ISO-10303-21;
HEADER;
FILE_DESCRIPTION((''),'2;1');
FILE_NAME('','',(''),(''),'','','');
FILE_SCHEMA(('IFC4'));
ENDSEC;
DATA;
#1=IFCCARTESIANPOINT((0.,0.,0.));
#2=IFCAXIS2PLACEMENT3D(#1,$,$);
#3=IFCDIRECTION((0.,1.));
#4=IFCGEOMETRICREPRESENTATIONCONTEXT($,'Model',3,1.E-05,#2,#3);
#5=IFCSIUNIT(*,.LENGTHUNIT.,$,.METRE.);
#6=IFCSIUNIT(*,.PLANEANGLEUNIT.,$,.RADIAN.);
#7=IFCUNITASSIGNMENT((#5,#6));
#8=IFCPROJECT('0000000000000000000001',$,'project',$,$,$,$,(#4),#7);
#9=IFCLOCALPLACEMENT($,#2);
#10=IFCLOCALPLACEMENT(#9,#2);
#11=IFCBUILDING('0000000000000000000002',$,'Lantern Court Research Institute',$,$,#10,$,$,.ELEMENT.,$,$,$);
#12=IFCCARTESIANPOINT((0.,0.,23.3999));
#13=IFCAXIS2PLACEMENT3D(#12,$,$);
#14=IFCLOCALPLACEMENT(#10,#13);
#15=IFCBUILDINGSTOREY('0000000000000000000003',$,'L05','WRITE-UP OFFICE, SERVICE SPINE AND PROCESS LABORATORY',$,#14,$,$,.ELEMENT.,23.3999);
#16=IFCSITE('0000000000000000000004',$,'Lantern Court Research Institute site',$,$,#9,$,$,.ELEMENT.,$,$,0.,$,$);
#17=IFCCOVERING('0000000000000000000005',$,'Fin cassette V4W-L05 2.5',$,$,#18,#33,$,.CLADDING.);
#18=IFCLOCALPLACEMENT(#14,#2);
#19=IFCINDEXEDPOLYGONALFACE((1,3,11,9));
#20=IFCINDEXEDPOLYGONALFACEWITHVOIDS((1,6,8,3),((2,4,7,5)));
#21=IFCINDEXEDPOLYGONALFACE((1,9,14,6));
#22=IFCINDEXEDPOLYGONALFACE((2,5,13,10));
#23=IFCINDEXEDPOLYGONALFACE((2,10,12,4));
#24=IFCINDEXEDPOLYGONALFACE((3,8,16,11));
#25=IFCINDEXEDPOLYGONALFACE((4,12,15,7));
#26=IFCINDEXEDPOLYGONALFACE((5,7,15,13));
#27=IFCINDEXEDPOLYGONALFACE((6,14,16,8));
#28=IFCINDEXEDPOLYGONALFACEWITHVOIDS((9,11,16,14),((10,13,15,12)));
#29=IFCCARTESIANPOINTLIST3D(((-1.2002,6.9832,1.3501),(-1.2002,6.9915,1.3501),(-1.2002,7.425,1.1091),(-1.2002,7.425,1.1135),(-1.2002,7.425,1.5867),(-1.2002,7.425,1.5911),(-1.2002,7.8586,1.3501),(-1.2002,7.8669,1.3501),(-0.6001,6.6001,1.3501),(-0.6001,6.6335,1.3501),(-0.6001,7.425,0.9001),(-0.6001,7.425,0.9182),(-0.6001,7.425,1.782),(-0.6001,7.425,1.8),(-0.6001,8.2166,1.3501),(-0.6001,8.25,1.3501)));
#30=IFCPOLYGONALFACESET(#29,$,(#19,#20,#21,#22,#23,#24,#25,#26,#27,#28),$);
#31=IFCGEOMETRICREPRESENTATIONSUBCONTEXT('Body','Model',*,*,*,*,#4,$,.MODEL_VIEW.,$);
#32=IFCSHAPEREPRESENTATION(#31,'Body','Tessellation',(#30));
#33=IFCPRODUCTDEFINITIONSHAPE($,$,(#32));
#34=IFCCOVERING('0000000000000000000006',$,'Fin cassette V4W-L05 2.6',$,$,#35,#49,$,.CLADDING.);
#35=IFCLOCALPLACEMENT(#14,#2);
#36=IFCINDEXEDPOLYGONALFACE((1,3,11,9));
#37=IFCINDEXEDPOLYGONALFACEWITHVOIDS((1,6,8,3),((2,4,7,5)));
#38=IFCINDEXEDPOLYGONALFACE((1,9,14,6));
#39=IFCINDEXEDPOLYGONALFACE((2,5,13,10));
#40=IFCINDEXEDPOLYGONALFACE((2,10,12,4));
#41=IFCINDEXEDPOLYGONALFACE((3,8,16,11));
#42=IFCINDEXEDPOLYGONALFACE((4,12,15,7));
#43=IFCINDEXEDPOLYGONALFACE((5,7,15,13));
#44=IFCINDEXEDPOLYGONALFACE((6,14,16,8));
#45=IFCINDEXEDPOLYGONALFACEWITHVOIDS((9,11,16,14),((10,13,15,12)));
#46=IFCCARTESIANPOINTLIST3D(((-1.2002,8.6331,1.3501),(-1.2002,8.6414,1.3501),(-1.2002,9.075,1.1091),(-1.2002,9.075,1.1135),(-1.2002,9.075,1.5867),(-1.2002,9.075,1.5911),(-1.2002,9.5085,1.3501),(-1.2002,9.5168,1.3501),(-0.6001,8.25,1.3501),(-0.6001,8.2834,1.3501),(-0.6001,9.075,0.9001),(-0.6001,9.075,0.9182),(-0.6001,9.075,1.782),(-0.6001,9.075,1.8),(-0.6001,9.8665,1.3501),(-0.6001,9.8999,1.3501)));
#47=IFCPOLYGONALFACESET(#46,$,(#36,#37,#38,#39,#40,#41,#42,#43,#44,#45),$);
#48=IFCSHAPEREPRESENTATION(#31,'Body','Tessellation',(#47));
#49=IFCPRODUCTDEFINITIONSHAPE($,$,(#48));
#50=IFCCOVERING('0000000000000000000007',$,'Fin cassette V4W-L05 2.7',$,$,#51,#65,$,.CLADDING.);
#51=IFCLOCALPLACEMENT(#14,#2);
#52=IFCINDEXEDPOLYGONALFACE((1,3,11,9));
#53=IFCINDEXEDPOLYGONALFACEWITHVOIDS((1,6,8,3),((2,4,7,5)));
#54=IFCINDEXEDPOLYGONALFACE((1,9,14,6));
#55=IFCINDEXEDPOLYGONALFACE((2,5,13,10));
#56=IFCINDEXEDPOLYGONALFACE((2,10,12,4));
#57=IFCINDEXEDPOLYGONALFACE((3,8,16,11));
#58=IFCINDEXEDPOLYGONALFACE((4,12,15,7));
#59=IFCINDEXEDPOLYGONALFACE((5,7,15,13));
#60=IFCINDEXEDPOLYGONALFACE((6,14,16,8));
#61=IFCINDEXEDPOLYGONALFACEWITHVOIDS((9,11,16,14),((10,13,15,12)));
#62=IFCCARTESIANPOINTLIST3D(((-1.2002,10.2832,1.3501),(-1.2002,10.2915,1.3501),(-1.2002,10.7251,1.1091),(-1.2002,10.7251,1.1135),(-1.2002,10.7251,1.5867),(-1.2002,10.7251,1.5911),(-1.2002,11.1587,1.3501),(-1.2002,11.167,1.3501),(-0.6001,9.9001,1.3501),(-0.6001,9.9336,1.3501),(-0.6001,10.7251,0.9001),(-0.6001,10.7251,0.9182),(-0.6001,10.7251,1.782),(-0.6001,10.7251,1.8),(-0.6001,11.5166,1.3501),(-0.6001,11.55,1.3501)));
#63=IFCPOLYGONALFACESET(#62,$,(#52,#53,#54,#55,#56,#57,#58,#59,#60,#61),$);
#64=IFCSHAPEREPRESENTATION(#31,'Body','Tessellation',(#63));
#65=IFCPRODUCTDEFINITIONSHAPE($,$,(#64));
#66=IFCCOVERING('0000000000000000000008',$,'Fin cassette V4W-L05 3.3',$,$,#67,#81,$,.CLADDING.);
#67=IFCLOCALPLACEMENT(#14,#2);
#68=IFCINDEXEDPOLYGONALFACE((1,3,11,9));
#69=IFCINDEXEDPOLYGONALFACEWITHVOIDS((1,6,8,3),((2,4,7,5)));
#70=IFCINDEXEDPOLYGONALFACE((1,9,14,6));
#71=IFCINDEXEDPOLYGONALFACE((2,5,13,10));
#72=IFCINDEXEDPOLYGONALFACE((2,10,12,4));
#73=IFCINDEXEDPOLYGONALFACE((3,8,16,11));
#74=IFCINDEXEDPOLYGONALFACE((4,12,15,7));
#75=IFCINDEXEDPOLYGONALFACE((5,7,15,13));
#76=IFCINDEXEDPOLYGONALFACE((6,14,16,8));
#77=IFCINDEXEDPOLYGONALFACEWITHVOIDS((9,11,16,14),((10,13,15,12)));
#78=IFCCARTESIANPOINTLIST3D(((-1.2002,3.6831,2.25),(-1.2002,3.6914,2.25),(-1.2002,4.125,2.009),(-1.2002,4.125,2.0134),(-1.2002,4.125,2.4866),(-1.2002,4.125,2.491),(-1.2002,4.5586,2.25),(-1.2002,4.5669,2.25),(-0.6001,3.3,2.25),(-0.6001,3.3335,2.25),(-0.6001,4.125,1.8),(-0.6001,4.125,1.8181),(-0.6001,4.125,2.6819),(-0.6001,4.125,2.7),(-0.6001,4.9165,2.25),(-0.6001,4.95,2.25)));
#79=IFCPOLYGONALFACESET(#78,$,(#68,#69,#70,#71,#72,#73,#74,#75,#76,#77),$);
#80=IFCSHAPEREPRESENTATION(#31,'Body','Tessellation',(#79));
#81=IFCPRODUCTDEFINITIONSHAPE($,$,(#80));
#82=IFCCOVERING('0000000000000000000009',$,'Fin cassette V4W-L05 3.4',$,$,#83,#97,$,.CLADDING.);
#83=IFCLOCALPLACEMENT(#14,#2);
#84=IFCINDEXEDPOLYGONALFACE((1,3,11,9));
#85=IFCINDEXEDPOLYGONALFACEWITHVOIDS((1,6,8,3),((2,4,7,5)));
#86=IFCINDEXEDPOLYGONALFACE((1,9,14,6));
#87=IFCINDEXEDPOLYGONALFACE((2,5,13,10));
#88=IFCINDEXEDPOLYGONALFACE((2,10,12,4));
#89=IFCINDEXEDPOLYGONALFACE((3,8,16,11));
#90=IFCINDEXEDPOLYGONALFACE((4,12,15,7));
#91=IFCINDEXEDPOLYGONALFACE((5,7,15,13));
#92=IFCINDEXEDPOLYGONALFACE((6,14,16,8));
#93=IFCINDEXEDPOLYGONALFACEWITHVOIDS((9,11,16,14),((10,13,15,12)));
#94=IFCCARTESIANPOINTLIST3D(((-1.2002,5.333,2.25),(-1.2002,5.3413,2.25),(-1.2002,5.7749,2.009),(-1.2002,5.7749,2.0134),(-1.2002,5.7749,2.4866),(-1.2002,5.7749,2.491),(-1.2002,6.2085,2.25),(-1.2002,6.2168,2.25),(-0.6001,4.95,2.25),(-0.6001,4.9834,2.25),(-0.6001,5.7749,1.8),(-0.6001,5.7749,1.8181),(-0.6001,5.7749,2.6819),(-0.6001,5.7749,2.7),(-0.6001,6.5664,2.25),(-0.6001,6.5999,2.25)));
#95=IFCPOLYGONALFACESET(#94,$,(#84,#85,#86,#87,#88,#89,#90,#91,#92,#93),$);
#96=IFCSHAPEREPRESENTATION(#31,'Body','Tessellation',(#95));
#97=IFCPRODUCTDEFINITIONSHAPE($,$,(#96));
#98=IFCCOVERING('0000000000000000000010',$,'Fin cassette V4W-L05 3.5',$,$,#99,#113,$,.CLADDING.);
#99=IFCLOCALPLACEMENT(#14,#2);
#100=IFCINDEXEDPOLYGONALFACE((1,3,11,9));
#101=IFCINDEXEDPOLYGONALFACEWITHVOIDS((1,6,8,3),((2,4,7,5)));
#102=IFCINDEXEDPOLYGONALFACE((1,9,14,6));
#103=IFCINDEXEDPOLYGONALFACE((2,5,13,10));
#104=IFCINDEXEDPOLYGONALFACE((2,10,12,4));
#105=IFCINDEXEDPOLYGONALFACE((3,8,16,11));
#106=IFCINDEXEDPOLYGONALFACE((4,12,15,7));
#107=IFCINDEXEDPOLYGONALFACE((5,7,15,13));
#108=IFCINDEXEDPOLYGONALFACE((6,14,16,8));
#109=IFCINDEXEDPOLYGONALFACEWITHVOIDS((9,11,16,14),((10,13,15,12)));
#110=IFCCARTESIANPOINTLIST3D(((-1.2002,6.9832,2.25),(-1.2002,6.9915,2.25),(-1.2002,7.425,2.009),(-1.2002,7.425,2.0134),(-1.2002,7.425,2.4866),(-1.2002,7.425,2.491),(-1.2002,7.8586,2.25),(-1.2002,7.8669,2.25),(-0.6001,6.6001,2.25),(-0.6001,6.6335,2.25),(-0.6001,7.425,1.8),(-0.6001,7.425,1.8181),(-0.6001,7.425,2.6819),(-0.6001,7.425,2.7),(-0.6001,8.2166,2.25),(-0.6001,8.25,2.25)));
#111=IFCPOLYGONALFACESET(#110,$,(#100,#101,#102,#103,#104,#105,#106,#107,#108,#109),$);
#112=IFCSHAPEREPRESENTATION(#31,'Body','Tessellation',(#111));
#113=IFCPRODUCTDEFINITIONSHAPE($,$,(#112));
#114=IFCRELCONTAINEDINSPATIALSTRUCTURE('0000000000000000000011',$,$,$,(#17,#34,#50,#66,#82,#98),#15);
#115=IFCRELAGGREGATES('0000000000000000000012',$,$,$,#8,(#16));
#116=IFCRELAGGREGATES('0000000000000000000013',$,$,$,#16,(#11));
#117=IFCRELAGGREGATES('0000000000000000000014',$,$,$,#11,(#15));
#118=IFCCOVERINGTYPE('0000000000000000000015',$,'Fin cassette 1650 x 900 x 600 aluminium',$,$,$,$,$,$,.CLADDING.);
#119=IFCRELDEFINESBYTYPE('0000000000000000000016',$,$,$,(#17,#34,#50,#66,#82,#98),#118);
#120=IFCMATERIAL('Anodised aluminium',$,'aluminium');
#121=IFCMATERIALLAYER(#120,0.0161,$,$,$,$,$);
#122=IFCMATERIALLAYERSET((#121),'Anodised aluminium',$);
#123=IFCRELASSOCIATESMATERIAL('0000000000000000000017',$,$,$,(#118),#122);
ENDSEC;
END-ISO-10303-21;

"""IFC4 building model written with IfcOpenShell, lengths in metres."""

from ifc_helpers import new_model, entity, si_unit, direction, frame, origin, place, context, subcontext, project, spatial, material, layer, layer_set, type_object, element, save


model = new_model("IFC4")

# Units and contexts
model_context = context("Model", 3, precision=1e-05, world=origin(), true_north=direction((0.0, 1.0)))
body_context = subcontext(model_context, "Body", "Model", "MODEL_VIEW")
ifc_project = project(units=[si_unit("LENGTHUNIT", "METRE"), si_unit("PLANEANGLEUNIT", "RADIAN")], contexts=[model_context])

# Site, building, storey
site_placement = place(None, origin())
site = spatial("IfcSite", under=ifc_project, at=site_placement, Name="Lantern Court Research Institute site", CompositionType="ELEMENT", RefElevation=0.0)
building_placement = place(site_placement, origin())
building = spatial("IfcBuilding", under=site, at=building_placement, Name="Lantern Court Research Institute", CompositionType="ELEMENT")
storey_placement = place(building_placement, frame((0.0, 0.0, 23.3999)))
storey = spatial("IfcBuildingStorey", under=building, at=storey_placement, Name="L05", Description="WRITE-UP OFFICE, SERVICE SPINE AND PROCESS LABORATORY", CompositionType="ELEMENT", Elevation=23.3999)

# Coverings
ifc_material_1 = material(Name="Anodised aluminium", Category="aluminium")
ifc_layer_1 = layer(ifc_material_1, 0.0161)
ifc_layer_set_1 = layer_set([ifc_layer_1], Name="Anodised aluminium")
covering_type = type_object("IfcCoveringType", Name="Fin cassette 1650 x 900 x 600 aluminium", PredefinedType="CLADDING", material=ifc_layer_set_1)
covering_1_placement = place(storey_placement, frame((-0.6001, 7.425, 1.3501), z_axis=(-1.0, 0.0, 0.0), x_axis=(0.0, -1.0, 0.0)))
cartesian_point_1 = entity("IfcCartesianPoint", [0.825, 0.0])
cartesian_point_2 = entity("IfcCartesianPoint", [0.7915, 0.0])
cartesian_point_3 = entity("IfcCartesianPoint", [0.4419, 0.0])
cartesian_point_4 = entity("IfcCartesianPoint", [0.4336, 0.0])
element("IfcCovering", 1, at=covering_1_placement, inside=storey, type_object=covering_type, Name="Fin cassette V4W-L05 2.5", PredefinedType="CLADDING", context=body_context, shape_type="SweptSolid", body=[
    entity("IfcExtrudedAreaSolidTapered", entity("IfcArbitraryProfileDefWithVoids", "AREA", None, entity("IfcPolyline", [cartesian_point_1, entity("IfcCartesianPoint", [0.0, 0.45]), entity("IfcCartesianPoint", [-0.825, 0.0]), entity("IfcCartesianPoint", [0.0, -0.45]), cartesian_point_1]), [entity("IfcPolyline", [cartesian_point_2, entity("IfcCartesianPoint", [0.0, 0.4319]), entity("IfcCartesianPoint", [-0.7915, 0.0]), entity("IfcCartesianPoint", [0.0, -0.4319]), cartesian_point_2])]), entity("IfcAxis2Placement3D", entity("IfcCartesianPoint", [0.0, 0.0, 0.0])), entity("IfcDirection", [0.0, 0.0, 1.0]), 0.6001, entity("IfcArbitraryProfileDefWithVoids", "AREA", None, entity("IfcPolyline", [cartesian_point_3, entity("IfcCartesianPoint", [0.0, 0.241]), entity("IfcCartesianPoint", [-0.4419, 0.0]), entity("IfcCartesianPoint", [0.0, -0.241]), cartesian_point_3]), [entity("IfcPolyline", [cartesian_point_4, entity("IfcCartesianPoint", [0.0, 0.2366]), entity("IfcCartesianPoint", [-0.4336, 0.0]), entity("IfcCartesianPoint", [0.0, -0.2366]), cartesian_point_4])])),
])
covering_2_placement = place(storey_placement, frame((-0.6001, 9.075, 1.3501), z_axis=(-1.0, 0.0, 0.0), x_axis=(0.0, -1.0, 0.0)))
cartesian_point_5 = entity("IfcCartesianPoint", [0.825, 0.0])
cartesian_point_6 = entity("IfcCartesianPoint", [0.7915, 0.0])
cartesian_point_7 = entity("IfcCartesianPoint", [0.4419, 0.0])
cartesian_point_8 = entity("IfcCartesianPoint", [0.4336, 0.0])
element("IfcCovering", 2, at=covering_2_placement, inside=storey, type_object=covering_type, Name="Fin cassette V4W-L05 2.6", PredefinedType="CLADDING", context=body_context, shape_type="SweptSolid", body=[
    entity("IfcExtrudedAreaSolidTapered", entity("IfcArbitraryProfileDefWithVoids", "AREA", None, entity("IfcPolyline", [cartesian_point_5, entity("IfcCartesianPoint", [0.0, 0.45]), entity("IfcCartesianPoint", [-0.825, 0.0]), entity("IfcCartesianPoint", [0.0, -0.45]), cartesian_point_5]), [entity("IfcPolyline", [cartesian_point_6, entity("IfcCartesianPoint", [0.0, 0.4319]), entity("IfcCartesianPoint", [-0.7915, 0.0]), entity("IfcCartesianPoint", [0.0, -0.4319]), cartesian_point_6])]), entity("IfcAxis2Placement3D", entity("IfcCartesianPoint", [0.0, 0.0, 0.0])), entity("IfcDirection", [0.0, 0.0, 1.0]), 0.6001, entity("IfcArbitraryProfileDefWithVoids", "AREA", None, entity("IfcPolyline", [cartesian_point_7, entity("IfcCartesianPoint", [0.0, 0.241]), entity("IfcCartesianPoint", [-0.4419, 0.0]), entity("IfcCartesianPoint", [0.0, -0.241]), cartesian_point_7]), [entity("IfcPolyline", [cartesian_point_8, entity("IfcCartesianPoint", [0.0, 0.2366]), entity("IfcCartesianPoint", [-0.4336, 0.0]), entity("IfcCartesianPoint", [0.0, -0.2366]), cartesian_point_8])])),
])
covering_3_placement = place(storey_placement, frame((-0.6001, 10.7251, 1.3501), z_axis=(-1.0, 0.0, 0.0), x_axis=(0.0, -1.0, 0.0)))
cartesian_point_9 = entity("IfcCartesianPoint", [0.825, 0.0])
cartesian_point_10 = entity("IfcCartesianPoint", [0.7915, 0.0])
cartesian_point_11 = entity("IfcCartesianPoint", [0.4419, 0.0])
cartesian_point_12 = entity("IfcCartesianPoint", [0.4336, 0.0])
element("IfcCovering", 3, at=covering_3_placement, inside=storey, type_object=covering_type, Name="Fin cassette V4W-L05 2.7", PredefinedType="CLADDING", context=body_context, shape_type="SweptSolid", body=[
    entity("IfcExtrudedAreaSolidTapered", entity("IfcArbitraryProfileDefWithVoids", "AREA", None, entity("IfcPolyline", [cartesian_point_9, entity("IfcCartesianPoint", [0.0, 0.45]), entity("IfcCartesianPoint", [-0.825, 0.0]), entity("IfcCartesianPoint", [0.0, -0.45]), cartesian_point_9]), [entity("IfcPolyline", [cartesian_point_10, entity("IfcCartesianPoint", [0.0, 0.4319]), entity("IfcCartesianPoint", [-0.7915, 0.0]), entity("IfcCartesianPoint", [0.0, -0.4319]), cartesian_point_10])]), entity("IfcAxis2Placement3D", entity("IfcCartesianPoint", [0.0, 0.0, 0.0])), entity("IfcDirection", [0.0, 0.0, 1.0]), 0.6001, entity("IfcArbitraryProfileDefWithVoids", "AREA", None, entity("IfcPolyline", [cartesian_point_11, entity("IfcCartesianPoint", [0.0, 0.241]), entity("IfcCartesianPoint", [-0.4419, 0.0]), entity("IfcCartesianPoint", [0.0, -0.241]), cartesian_point_11]), [entity("IfcPolyline", [cartesian_point_12, entity("IfcCartesianPoint", [0.0, 0.2366]), entity("IfcCartesianPoint", [-0.4336, 0.0]), entity("IfcCartesianPoint", [0.0, -0.2366]), cartesian_point_12])])),
])
covering_4_placement = place(storey_placement, frame((-0.6001, 4.125, 2.25), z_axis=(-1.0, 0.0, 0.0), x_axis=(0.0, -1.0, 0.0)))
cartesian_point_13 = entity("IfcCartesianPoint", [0.825, 0.0])
cartesian_point_14 = entity("IfcCartesianPoint", [0.7915, 0.0])
cartesian_point_15 = entity("IfcCartesianPoint", [0.4419, 0.0])
cartesian_point_16 = entity("IfcCartesianPoint", [0.4336, 0.0])
element("IfcCovering", 4, at=covering_4_placement, inside=storey, type_object=covering_type, Name="Fin cassette V4W-L05 3.3", PredefinedType="CLADDING", context=body_context, shape_type="SweptSolid", body=[
    entity("IfcExtrudedAreaSolidTapered", entity("IfcArbitraryProfileDefWithVoids", "AREA", None, entity("IfcPolyline", [cartesian_point_13, entity("IfcCartesianPoint", [0.0, 0.45]), entity("IfcCartesianPoint", [-0.825, 0.0]), entity("IfcCartesianPoint", [0.0, -0.45]), cartesian_point_13]), [entity("IfcPolyline", [cartesian_point_14, entity("IfcCartesianPoint", [0.0, 0.4319]), entity("IfcCartesianPoint", [-0.7915, 0.0]), entity("IfcCartesianPoint", [0.0, -0.4319]), cartesian_point_14])]), entity("IfcAxis2Placement3D", entity("IfcCartesianPoint", [0.0, 0.0, 0.0])), entity("IfcDirection", [0.0, 0.0, 1.0]), 0.6001, entity("IfcArbitraryProfileDefWithVoids", "AREA", None, entity("IfcPolyline", [cartesian_point_15, entity("IfcCartesianPoint", [0.0, 0.241]), entity("IfcCartesianPoint", [-0.4419, 0.0]), entity("IfcCartesianPoint", [0.0, -0.241]), cartesian_point_15]), [entity("IfcPolyline", [cartesian_point_16, entity("IfcCartesianPoint", [0.0, 0.2366]), entity("IfcCartesianPoint", [-0.4336, 0.0]), entity("IfcCartesianPoint", [0.0, -0.2366]), cartesian_point_16])])),
])
covering_5_placement = place(storey_placement, frame((-0.6001, 5.7749, 2.25), z_axis=(-1.0, 0.0, 0.0), x_axis=(0.0, -1.0, 0.0)))
cartesian_point_17 = entity("IfcCartesianPoint", [0.825, 0.0])
cartesian_point_18 = entity("IfcCartesianPoint", [0.7915, 0.0])
cartesian_point_19 = entity("IfcCartesianPoint", [0.4419, 0.0])
cartesian_point_20 = entity("IfcCartesianPoint", [0.4336, 0.0])
element("IfcCovering", 5, at=covering_5_placement, inside=storey, type_object=covering_type, Name="Fin cassette V4W-L05 3.4", PredefinedType="CLADDING", context=body_context, shape_type="SweptSolid", body=[
    entity("IfcExtrudedAreaSolidTapered", entity("IfcArbitraryProfileDefWithVoids", "AREA", None, entity("IfcPolyline", [cartesian_point_17, entity("IfcCartesianPoint", [0.0, 0.45]), entity("IfcCartesianPoint", [-0.825, 0.0]), entity("IfcCartesianPoint", [0.0, -0.45]), cartesian_point_17]), [entity("IfcPolyline", [cartesian_point_18, entity("IfcCartesianPoint", [0.0, 0.4319]), entity("IfcCartesianPoint", [-0.7915, 0.0]), entity("IfcCartesianPoint", [0.0, -0.4319]), cartesian_point_18])]), entity("IfcAxis2Placement3D", entity("IfcCartesianPoint", [0.0, 0.0, 0.0])), entity("IfcDirection", [0.0, 0.0, 1.0]), 0.6001, entity("IfcArbitraryProfileDefWithVoids", "AREA", None, entity("IfcPolyline", [cartesian_point_19, entity("IfcCartesianPoint", [0.0, 0.241]), entity("IfcCartesianPoint", [-0.4419, 0.0]), entity("IfcCartesianPoint", [0.0, -0.241]), cartesian_point_19]), [entity("IfcPolyline", [cartesian_point_20, entity("IfcCartesianPoint", [0.0, 0.2366]), entity("IfcCartesianPoint", [-0.4336, 0.0]), entity("IfcCartesianPoint", [0.0, -0.2366]), cartesian_point_20])])),
])
covering_6_placement = place(storey_placement, frame((-0.6001, 7.425, 2.25), z_axis=(-1.0, 0.0, 0.0), x_axis=(0.0, -1.0, 0.0)))
cartesian_point_21 = entity("IfcCartesianPoint", [0.825, 0.0])
cartesian_point_22 = entity("IfcCartesianPoint", [0.7915, 0.0])
cartesian_point_23 = entity("IfcCartesianPoint", [0.4419, 0.0])
cartesian_point_24 = entity("IfcCartesianPoint", [0.4336, 0.0])
element("IfcCovering", 6, at=covering_6_placement, inside=storey, type_object=covering_type, Name="Fin cassette V4W-L05 3.5", PredefinedType="CLADDING", context=body_context, shape_type="SweptSolid", body=[
    entity("IfcExtrudedAreaSolidTapered", entity("IfcArbitraryProfileDefWithVoids", "AREA", None, entity("IfcPolyline", [cartesian_point_21, entity("IfcCartesianPoint", [0.0, 0.45]), entity("IfcCartesianPoint", [-0.825, 0.0]), entity("IfcCartesianPoint", [0.0, -0.45]), cartesian_point_21]), [entity("IfcPolyline", [cartesian_point_22, entity("IfcCartesianPoint", [0.0, 0.4319]), entity("IfcCartesianPoint", [-0.7915, 0.0]), entity("IfcCartesianPoint", [0.0, -0.4319]), cartesian_point_22])]), entity("IfcAxis2Placement3D", entity("IfcCartesianPoint", [0.0, 0.0, 0.0])), entity("IfcDirection", [0.0, 0.0, 1.0]), 0.6001, entity("IfcArbitraryProfileDefWithVoids", "AREA", None, entity("IfcPolyline", [cartesian_point_23, entity("IfcCartesianPoint", [0.0, 0.241]), entity("IfcCartesianPoint", [-0.4419, 0.0]), entity("IfcCartesianPoint", [0.0, -0.241]), cartesian_point_23]), [entity("IfcPolyline", [cartesian_point_24, entity("IfcCartesianPoint", [0.0, 0.2366]), entity("IfcCartesianPoint", [-0.4336, 0.0]), entity("IfcCartesianPoint", [0.0, -0.2366]), cartesian_point_24])])),
])

save(model, "model.ifc")
